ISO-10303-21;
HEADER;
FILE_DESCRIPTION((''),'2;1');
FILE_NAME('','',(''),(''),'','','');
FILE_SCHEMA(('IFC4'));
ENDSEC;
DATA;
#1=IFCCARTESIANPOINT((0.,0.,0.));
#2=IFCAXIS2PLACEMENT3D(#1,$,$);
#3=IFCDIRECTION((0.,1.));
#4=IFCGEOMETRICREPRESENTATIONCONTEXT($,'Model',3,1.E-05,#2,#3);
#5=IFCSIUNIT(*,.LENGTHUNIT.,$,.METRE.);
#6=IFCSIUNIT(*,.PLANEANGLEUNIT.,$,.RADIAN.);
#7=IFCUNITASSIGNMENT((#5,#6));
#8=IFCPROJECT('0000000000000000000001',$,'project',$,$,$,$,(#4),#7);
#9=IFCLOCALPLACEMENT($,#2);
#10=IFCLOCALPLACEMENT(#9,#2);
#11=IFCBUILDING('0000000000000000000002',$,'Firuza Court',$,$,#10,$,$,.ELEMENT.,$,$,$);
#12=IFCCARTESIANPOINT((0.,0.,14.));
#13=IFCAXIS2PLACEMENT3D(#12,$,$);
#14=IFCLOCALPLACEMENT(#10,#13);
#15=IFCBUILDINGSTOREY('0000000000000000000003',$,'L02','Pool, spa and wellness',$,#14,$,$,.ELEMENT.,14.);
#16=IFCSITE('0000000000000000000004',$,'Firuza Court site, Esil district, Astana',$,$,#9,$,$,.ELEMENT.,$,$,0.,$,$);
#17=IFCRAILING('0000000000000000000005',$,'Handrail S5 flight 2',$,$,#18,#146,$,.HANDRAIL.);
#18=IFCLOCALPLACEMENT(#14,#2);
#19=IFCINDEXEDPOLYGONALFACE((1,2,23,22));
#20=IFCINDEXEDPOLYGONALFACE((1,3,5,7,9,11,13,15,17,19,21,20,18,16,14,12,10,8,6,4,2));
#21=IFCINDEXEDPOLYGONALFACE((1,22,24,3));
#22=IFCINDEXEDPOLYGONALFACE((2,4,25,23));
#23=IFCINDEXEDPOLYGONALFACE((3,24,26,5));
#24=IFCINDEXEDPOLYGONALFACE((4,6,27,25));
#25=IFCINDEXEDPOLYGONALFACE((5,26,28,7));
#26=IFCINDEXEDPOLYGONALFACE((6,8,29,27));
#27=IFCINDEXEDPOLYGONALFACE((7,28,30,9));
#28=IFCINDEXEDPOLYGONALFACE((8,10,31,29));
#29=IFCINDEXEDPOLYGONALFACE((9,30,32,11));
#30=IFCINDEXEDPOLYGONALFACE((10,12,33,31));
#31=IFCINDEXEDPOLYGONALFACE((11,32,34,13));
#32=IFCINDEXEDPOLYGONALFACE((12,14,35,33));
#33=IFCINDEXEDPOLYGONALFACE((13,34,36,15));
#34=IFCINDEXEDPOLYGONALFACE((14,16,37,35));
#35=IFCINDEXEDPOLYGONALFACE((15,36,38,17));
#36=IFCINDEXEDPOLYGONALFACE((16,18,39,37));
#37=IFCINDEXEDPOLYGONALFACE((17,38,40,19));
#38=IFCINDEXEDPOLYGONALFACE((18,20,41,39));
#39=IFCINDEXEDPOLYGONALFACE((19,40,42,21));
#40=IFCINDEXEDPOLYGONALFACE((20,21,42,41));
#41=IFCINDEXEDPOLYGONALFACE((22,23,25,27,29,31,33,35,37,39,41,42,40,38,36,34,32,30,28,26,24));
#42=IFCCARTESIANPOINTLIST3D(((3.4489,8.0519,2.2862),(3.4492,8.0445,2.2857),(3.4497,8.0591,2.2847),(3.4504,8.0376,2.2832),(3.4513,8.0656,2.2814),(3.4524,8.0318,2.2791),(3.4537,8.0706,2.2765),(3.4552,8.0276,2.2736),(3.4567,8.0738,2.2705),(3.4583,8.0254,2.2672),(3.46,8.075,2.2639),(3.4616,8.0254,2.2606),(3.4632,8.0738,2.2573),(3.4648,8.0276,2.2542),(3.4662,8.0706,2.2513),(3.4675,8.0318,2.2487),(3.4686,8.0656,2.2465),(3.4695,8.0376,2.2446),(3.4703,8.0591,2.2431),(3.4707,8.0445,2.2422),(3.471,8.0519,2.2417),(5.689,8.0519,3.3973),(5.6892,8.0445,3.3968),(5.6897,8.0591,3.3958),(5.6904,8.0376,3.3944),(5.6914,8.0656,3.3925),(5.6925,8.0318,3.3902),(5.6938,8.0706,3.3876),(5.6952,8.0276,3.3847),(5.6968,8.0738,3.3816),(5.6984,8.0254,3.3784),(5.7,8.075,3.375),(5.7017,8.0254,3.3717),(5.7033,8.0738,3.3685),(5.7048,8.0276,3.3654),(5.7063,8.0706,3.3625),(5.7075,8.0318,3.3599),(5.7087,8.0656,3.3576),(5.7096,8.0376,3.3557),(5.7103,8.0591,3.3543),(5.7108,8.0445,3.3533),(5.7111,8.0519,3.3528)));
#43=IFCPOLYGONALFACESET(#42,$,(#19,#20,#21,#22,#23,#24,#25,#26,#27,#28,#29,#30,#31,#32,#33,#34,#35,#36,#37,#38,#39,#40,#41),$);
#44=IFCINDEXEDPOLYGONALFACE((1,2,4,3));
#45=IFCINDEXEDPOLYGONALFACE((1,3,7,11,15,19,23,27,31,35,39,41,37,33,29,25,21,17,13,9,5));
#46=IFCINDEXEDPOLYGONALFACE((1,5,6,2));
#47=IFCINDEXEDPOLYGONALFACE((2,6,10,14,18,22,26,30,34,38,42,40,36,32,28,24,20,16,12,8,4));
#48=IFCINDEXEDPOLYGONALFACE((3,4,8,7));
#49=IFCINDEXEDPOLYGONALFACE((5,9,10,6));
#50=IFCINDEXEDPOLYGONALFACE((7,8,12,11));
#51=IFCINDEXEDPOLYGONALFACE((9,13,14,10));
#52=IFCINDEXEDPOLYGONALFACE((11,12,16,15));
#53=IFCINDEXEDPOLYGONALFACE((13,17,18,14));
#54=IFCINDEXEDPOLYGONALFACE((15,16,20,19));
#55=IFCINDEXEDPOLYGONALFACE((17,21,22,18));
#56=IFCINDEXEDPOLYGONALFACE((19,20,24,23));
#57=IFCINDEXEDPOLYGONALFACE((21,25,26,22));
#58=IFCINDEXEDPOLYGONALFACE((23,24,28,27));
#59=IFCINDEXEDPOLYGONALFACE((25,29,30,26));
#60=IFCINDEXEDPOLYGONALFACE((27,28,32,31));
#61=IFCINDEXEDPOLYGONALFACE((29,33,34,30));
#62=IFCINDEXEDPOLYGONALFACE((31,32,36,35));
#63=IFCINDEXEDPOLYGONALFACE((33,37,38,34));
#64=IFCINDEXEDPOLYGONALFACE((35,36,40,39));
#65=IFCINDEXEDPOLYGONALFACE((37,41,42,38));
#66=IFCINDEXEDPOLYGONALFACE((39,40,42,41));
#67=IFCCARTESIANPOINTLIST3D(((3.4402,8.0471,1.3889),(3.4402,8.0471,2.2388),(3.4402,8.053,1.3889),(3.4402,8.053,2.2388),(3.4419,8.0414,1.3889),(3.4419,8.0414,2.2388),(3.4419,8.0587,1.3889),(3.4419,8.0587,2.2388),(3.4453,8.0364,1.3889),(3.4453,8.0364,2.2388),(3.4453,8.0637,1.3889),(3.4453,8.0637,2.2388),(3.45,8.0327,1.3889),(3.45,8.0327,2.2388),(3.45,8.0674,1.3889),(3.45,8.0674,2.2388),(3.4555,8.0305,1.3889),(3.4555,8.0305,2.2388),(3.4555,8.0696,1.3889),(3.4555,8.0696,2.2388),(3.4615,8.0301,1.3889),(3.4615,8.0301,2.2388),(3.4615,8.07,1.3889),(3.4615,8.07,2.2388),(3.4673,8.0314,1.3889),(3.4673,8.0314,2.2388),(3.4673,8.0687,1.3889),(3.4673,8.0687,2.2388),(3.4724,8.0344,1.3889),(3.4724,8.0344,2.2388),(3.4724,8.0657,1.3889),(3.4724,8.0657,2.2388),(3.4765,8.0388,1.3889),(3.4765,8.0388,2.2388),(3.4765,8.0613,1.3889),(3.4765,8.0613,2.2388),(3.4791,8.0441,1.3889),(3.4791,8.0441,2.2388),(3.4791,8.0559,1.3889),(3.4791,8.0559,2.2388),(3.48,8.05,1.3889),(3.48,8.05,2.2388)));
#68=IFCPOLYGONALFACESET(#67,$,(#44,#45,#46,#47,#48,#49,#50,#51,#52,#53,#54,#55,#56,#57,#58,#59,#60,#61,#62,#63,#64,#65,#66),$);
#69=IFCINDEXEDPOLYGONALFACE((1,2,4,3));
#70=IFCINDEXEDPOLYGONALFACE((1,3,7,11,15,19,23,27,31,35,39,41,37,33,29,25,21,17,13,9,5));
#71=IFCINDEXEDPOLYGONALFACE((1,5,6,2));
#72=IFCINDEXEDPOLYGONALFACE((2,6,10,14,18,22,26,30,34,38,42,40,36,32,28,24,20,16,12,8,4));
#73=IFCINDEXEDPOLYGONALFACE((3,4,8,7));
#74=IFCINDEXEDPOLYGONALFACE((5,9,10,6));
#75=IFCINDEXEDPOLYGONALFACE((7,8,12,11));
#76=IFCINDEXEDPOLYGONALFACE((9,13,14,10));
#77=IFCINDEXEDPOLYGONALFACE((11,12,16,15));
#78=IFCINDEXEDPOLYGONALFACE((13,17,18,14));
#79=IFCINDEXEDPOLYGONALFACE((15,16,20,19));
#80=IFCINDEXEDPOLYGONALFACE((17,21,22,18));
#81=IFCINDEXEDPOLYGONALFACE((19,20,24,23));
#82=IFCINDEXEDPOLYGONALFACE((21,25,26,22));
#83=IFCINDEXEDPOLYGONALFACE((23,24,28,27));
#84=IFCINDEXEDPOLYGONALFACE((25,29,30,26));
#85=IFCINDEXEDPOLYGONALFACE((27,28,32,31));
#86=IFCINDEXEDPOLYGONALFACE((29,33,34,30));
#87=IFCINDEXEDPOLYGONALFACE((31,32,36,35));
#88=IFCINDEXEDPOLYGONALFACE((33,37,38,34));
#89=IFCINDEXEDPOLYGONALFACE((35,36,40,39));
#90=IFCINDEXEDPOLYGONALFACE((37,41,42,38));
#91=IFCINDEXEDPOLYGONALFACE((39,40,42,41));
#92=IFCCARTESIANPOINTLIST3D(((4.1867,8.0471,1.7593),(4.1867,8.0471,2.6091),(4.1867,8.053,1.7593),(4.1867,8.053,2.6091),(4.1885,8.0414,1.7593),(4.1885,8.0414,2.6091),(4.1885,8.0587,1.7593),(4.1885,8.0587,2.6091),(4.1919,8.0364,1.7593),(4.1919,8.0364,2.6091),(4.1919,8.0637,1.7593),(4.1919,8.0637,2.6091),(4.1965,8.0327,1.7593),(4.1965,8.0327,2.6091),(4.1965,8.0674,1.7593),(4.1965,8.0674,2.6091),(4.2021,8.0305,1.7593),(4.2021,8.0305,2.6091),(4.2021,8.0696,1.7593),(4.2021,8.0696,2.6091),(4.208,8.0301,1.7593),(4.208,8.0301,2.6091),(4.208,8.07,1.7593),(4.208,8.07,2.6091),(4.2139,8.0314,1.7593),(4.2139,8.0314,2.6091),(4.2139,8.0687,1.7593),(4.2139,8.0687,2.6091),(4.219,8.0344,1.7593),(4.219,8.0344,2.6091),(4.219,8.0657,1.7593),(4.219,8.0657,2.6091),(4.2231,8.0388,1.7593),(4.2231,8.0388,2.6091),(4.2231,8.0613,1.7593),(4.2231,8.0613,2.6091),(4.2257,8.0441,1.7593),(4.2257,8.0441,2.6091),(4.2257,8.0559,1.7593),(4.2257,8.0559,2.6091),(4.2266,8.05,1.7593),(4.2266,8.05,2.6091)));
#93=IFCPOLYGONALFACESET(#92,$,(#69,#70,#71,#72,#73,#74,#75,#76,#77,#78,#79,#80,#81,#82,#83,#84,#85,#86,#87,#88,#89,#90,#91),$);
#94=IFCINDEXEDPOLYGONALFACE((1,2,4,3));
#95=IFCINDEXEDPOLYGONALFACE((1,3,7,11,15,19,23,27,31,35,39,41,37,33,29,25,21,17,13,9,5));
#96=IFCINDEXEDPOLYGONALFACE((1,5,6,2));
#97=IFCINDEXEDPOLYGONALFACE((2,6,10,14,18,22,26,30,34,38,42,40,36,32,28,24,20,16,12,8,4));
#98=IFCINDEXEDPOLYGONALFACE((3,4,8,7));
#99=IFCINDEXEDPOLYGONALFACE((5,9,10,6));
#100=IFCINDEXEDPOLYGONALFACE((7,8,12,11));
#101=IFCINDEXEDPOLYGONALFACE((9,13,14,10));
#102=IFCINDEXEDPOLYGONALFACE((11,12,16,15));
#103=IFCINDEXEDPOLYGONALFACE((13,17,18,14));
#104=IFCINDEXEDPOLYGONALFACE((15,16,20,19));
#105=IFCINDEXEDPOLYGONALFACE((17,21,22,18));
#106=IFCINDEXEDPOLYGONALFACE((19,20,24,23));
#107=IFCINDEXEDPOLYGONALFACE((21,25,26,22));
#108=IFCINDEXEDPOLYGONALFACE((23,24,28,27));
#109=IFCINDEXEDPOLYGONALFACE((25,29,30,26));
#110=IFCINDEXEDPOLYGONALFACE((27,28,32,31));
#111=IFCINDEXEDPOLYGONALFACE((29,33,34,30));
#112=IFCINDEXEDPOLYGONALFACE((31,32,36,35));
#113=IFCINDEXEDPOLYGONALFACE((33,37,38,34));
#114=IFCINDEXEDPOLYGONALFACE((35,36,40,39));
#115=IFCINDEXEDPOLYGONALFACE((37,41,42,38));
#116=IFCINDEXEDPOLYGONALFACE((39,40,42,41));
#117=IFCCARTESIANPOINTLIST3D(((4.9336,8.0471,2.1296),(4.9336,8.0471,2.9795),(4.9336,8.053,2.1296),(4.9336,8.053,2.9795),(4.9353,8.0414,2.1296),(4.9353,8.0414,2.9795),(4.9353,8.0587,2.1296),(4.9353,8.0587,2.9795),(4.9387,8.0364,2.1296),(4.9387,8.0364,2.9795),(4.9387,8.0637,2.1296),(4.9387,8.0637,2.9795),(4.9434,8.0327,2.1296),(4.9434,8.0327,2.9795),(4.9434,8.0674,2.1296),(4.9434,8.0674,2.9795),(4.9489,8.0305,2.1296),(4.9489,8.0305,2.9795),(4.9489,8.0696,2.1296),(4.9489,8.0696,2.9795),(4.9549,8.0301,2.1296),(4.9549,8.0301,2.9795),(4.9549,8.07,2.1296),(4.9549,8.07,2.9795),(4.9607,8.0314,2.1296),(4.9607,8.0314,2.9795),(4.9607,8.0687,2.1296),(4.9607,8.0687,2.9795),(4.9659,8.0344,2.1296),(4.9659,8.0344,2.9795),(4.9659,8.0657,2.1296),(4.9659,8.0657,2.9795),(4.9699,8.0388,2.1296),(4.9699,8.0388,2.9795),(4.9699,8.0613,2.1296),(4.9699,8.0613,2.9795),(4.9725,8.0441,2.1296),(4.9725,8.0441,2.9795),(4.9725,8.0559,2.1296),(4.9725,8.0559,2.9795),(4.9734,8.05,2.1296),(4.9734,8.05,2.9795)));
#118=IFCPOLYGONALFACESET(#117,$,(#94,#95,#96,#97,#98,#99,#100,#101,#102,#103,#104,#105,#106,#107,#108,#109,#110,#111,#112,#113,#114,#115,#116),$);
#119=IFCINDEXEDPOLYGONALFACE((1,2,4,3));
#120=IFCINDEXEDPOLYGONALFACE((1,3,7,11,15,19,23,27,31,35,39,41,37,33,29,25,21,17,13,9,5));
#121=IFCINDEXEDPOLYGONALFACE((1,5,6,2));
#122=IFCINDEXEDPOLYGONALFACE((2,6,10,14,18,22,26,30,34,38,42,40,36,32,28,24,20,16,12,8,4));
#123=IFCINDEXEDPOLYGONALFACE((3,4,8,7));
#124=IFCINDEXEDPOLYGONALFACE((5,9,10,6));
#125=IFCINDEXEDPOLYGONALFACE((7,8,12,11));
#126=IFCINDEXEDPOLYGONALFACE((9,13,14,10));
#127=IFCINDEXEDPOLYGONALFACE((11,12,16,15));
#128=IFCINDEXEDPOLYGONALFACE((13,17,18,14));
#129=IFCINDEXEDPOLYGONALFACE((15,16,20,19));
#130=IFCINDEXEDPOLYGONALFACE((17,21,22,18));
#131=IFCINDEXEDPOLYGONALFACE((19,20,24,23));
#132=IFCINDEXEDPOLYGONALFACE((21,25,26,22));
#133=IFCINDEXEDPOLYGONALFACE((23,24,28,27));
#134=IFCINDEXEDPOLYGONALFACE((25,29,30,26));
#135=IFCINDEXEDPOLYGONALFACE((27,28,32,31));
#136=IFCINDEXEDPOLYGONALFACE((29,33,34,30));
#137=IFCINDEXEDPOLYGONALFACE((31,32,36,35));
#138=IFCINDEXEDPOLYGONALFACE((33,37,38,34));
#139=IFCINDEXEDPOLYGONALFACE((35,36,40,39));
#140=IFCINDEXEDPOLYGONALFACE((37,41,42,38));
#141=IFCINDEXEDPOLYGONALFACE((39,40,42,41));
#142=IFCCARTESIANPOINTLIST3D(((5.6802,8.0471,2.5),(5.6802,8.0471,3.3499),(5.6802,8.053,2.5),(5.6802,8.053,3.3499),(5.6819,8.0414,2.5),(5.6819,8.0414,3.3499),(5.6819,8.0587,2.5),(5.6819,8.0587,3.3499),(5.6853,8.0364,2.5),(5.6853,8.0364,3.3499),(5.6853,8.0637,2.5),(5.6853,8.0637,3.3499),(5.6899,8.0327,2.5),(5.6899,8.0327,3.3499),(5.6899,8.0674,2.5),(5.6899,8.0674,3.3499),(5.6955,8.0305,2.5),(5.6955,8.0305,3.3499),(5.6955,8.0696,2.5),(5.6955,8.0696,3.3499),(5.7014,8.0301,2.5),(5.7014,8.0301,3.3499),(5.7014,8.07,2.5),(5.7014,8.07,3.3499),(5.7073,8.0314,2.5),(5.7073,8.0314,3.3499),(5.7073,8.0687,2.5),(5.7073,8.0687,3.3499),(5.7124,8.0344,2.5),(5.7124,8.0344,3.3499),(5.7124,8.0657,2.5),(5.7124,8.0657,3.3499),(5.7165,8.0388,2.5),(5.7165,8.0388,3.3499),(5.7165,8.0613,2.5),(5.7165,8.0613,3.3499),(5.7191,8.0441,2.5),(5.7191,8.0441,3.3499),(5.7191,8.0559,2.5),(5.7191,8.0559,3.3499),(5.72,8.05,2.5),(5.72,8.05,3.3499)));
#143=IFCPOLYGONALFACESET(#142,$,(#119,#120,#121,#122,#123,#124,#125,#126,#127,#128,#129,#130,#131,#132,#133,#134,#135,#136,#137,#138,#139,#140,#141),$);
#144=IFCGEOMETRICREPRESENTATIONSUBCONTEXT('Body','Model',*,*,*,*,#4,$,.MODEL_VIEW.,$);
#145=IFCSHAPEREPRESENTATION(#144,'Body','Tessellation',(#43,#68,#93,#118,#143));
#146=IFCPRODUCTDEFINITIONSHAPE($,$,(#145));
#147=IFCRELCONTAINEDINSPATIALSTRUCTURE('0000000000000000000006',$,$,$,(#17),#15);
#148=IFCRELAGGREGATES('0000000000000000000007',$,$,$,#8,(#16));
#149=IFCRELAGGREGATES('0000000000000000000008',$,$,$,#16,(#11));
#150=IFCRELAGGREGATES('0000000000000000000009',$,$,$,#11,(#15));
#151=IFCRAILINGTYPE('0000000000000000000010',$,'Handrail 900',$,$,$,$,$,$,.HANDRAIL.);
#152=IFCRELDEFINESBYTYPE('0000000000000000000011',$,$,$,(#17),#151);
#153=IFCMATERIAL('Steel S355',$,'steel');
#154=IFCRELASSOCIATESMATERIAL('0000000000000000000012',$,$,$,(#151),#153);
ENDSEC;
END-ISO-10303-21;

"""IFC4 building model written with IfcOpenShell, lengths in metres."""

from ifc_helpers import new_model, si_unit, direction, frame, origin, origin_2d, place, context, subcontext, project, spatial, circle, extrude, material, type_object, element, save


model = new_model("IFC4")

# Units and contexts
model_context = context("Model", 3, precision=1e-05, world=origin(), true_north=direction((0.0, 1.0)))
body_context = subcontext(model_context, "Body", "Model", "MODEL_VIEW")
ifc_project = project(units=[si_unit("LENGTHUNIT", "METRE"), si_unit("PLANEANGLEUNIT", "RADIAN")], contexts=[model_context])

# Site, building, storey
site_placement = place(None, origin())
site = spatial("IfcSite", under=ifc_project, at=site_placement, Name="Firuza Court site, Esil district, Astana", CompositionType="ELEMENT", RefElevation=0.0)
building_placement = place(site_placement, origin())
building = spatial("IfcBuilding", under=site, at=building_placement, Name="Firuza Court", CompositionType="ELEMENT")
storey_placement = place(building_placement, frame((0.0, 0.0, 14.0)))
storey = spatial("IfcBuildingStorey", under=building, at=storey_placement, Name="L02", Description="Pool, spa and wellness", CompositionType="ELEMENT", Elevation=14.0)

# Railing
ifc_material_1 = material(Name="Steel S355", Category="steel")
railing_type = type_object("IfcRailingType", Name="Handrail 900", PredefinedType="HANDRAIL", material=ifc_material_1)
for number, where, name in (
    (1, (3.46, 8.05, 1.3889), "Handrail S5 flight 2"),
):
    element("IfcRailing", number, at=place(storey_placement, frame(where)), inside=storey, type_object=railing_type, Name=name, PredefinedType="HANDRAIL", context=body_context, shape_type="SweptSolid", body=[
        extrude(circle(Radius=0.0249, at=origin_2d()), frame((0.0, 0.0, 0.875), z_axis=(0.895848, 0.0, 0.44436), x_axis=(0.0, 1.0, 0.0)), (0.0, 0.0, 1.0), 2.5005),
        extrude(circle(Radius=0.02, at=origin_2d()), origin(), (0.0, 0.0, 1.0), 0.8499),
        extrude(circle(Radius=0.02, at=origin_2d()), frame((0.7466, 0.0, 0.3704)), (0.0, 0.0, 1.0), 0.8499),
        extrude(circle(Radius=0.02, at=origin_2d()), frame((1.4934, 0.0, 0.7407)), (0.0, 0.0, 1.0), 0.8499),
        extrude(circle(Radius=0.02, at=origin_2d()), frame((2.24, 0.0, 1.1111)), (0.0, 0.0, 1.0), 0.8499),
    ])

save(model, "model.ifc")
